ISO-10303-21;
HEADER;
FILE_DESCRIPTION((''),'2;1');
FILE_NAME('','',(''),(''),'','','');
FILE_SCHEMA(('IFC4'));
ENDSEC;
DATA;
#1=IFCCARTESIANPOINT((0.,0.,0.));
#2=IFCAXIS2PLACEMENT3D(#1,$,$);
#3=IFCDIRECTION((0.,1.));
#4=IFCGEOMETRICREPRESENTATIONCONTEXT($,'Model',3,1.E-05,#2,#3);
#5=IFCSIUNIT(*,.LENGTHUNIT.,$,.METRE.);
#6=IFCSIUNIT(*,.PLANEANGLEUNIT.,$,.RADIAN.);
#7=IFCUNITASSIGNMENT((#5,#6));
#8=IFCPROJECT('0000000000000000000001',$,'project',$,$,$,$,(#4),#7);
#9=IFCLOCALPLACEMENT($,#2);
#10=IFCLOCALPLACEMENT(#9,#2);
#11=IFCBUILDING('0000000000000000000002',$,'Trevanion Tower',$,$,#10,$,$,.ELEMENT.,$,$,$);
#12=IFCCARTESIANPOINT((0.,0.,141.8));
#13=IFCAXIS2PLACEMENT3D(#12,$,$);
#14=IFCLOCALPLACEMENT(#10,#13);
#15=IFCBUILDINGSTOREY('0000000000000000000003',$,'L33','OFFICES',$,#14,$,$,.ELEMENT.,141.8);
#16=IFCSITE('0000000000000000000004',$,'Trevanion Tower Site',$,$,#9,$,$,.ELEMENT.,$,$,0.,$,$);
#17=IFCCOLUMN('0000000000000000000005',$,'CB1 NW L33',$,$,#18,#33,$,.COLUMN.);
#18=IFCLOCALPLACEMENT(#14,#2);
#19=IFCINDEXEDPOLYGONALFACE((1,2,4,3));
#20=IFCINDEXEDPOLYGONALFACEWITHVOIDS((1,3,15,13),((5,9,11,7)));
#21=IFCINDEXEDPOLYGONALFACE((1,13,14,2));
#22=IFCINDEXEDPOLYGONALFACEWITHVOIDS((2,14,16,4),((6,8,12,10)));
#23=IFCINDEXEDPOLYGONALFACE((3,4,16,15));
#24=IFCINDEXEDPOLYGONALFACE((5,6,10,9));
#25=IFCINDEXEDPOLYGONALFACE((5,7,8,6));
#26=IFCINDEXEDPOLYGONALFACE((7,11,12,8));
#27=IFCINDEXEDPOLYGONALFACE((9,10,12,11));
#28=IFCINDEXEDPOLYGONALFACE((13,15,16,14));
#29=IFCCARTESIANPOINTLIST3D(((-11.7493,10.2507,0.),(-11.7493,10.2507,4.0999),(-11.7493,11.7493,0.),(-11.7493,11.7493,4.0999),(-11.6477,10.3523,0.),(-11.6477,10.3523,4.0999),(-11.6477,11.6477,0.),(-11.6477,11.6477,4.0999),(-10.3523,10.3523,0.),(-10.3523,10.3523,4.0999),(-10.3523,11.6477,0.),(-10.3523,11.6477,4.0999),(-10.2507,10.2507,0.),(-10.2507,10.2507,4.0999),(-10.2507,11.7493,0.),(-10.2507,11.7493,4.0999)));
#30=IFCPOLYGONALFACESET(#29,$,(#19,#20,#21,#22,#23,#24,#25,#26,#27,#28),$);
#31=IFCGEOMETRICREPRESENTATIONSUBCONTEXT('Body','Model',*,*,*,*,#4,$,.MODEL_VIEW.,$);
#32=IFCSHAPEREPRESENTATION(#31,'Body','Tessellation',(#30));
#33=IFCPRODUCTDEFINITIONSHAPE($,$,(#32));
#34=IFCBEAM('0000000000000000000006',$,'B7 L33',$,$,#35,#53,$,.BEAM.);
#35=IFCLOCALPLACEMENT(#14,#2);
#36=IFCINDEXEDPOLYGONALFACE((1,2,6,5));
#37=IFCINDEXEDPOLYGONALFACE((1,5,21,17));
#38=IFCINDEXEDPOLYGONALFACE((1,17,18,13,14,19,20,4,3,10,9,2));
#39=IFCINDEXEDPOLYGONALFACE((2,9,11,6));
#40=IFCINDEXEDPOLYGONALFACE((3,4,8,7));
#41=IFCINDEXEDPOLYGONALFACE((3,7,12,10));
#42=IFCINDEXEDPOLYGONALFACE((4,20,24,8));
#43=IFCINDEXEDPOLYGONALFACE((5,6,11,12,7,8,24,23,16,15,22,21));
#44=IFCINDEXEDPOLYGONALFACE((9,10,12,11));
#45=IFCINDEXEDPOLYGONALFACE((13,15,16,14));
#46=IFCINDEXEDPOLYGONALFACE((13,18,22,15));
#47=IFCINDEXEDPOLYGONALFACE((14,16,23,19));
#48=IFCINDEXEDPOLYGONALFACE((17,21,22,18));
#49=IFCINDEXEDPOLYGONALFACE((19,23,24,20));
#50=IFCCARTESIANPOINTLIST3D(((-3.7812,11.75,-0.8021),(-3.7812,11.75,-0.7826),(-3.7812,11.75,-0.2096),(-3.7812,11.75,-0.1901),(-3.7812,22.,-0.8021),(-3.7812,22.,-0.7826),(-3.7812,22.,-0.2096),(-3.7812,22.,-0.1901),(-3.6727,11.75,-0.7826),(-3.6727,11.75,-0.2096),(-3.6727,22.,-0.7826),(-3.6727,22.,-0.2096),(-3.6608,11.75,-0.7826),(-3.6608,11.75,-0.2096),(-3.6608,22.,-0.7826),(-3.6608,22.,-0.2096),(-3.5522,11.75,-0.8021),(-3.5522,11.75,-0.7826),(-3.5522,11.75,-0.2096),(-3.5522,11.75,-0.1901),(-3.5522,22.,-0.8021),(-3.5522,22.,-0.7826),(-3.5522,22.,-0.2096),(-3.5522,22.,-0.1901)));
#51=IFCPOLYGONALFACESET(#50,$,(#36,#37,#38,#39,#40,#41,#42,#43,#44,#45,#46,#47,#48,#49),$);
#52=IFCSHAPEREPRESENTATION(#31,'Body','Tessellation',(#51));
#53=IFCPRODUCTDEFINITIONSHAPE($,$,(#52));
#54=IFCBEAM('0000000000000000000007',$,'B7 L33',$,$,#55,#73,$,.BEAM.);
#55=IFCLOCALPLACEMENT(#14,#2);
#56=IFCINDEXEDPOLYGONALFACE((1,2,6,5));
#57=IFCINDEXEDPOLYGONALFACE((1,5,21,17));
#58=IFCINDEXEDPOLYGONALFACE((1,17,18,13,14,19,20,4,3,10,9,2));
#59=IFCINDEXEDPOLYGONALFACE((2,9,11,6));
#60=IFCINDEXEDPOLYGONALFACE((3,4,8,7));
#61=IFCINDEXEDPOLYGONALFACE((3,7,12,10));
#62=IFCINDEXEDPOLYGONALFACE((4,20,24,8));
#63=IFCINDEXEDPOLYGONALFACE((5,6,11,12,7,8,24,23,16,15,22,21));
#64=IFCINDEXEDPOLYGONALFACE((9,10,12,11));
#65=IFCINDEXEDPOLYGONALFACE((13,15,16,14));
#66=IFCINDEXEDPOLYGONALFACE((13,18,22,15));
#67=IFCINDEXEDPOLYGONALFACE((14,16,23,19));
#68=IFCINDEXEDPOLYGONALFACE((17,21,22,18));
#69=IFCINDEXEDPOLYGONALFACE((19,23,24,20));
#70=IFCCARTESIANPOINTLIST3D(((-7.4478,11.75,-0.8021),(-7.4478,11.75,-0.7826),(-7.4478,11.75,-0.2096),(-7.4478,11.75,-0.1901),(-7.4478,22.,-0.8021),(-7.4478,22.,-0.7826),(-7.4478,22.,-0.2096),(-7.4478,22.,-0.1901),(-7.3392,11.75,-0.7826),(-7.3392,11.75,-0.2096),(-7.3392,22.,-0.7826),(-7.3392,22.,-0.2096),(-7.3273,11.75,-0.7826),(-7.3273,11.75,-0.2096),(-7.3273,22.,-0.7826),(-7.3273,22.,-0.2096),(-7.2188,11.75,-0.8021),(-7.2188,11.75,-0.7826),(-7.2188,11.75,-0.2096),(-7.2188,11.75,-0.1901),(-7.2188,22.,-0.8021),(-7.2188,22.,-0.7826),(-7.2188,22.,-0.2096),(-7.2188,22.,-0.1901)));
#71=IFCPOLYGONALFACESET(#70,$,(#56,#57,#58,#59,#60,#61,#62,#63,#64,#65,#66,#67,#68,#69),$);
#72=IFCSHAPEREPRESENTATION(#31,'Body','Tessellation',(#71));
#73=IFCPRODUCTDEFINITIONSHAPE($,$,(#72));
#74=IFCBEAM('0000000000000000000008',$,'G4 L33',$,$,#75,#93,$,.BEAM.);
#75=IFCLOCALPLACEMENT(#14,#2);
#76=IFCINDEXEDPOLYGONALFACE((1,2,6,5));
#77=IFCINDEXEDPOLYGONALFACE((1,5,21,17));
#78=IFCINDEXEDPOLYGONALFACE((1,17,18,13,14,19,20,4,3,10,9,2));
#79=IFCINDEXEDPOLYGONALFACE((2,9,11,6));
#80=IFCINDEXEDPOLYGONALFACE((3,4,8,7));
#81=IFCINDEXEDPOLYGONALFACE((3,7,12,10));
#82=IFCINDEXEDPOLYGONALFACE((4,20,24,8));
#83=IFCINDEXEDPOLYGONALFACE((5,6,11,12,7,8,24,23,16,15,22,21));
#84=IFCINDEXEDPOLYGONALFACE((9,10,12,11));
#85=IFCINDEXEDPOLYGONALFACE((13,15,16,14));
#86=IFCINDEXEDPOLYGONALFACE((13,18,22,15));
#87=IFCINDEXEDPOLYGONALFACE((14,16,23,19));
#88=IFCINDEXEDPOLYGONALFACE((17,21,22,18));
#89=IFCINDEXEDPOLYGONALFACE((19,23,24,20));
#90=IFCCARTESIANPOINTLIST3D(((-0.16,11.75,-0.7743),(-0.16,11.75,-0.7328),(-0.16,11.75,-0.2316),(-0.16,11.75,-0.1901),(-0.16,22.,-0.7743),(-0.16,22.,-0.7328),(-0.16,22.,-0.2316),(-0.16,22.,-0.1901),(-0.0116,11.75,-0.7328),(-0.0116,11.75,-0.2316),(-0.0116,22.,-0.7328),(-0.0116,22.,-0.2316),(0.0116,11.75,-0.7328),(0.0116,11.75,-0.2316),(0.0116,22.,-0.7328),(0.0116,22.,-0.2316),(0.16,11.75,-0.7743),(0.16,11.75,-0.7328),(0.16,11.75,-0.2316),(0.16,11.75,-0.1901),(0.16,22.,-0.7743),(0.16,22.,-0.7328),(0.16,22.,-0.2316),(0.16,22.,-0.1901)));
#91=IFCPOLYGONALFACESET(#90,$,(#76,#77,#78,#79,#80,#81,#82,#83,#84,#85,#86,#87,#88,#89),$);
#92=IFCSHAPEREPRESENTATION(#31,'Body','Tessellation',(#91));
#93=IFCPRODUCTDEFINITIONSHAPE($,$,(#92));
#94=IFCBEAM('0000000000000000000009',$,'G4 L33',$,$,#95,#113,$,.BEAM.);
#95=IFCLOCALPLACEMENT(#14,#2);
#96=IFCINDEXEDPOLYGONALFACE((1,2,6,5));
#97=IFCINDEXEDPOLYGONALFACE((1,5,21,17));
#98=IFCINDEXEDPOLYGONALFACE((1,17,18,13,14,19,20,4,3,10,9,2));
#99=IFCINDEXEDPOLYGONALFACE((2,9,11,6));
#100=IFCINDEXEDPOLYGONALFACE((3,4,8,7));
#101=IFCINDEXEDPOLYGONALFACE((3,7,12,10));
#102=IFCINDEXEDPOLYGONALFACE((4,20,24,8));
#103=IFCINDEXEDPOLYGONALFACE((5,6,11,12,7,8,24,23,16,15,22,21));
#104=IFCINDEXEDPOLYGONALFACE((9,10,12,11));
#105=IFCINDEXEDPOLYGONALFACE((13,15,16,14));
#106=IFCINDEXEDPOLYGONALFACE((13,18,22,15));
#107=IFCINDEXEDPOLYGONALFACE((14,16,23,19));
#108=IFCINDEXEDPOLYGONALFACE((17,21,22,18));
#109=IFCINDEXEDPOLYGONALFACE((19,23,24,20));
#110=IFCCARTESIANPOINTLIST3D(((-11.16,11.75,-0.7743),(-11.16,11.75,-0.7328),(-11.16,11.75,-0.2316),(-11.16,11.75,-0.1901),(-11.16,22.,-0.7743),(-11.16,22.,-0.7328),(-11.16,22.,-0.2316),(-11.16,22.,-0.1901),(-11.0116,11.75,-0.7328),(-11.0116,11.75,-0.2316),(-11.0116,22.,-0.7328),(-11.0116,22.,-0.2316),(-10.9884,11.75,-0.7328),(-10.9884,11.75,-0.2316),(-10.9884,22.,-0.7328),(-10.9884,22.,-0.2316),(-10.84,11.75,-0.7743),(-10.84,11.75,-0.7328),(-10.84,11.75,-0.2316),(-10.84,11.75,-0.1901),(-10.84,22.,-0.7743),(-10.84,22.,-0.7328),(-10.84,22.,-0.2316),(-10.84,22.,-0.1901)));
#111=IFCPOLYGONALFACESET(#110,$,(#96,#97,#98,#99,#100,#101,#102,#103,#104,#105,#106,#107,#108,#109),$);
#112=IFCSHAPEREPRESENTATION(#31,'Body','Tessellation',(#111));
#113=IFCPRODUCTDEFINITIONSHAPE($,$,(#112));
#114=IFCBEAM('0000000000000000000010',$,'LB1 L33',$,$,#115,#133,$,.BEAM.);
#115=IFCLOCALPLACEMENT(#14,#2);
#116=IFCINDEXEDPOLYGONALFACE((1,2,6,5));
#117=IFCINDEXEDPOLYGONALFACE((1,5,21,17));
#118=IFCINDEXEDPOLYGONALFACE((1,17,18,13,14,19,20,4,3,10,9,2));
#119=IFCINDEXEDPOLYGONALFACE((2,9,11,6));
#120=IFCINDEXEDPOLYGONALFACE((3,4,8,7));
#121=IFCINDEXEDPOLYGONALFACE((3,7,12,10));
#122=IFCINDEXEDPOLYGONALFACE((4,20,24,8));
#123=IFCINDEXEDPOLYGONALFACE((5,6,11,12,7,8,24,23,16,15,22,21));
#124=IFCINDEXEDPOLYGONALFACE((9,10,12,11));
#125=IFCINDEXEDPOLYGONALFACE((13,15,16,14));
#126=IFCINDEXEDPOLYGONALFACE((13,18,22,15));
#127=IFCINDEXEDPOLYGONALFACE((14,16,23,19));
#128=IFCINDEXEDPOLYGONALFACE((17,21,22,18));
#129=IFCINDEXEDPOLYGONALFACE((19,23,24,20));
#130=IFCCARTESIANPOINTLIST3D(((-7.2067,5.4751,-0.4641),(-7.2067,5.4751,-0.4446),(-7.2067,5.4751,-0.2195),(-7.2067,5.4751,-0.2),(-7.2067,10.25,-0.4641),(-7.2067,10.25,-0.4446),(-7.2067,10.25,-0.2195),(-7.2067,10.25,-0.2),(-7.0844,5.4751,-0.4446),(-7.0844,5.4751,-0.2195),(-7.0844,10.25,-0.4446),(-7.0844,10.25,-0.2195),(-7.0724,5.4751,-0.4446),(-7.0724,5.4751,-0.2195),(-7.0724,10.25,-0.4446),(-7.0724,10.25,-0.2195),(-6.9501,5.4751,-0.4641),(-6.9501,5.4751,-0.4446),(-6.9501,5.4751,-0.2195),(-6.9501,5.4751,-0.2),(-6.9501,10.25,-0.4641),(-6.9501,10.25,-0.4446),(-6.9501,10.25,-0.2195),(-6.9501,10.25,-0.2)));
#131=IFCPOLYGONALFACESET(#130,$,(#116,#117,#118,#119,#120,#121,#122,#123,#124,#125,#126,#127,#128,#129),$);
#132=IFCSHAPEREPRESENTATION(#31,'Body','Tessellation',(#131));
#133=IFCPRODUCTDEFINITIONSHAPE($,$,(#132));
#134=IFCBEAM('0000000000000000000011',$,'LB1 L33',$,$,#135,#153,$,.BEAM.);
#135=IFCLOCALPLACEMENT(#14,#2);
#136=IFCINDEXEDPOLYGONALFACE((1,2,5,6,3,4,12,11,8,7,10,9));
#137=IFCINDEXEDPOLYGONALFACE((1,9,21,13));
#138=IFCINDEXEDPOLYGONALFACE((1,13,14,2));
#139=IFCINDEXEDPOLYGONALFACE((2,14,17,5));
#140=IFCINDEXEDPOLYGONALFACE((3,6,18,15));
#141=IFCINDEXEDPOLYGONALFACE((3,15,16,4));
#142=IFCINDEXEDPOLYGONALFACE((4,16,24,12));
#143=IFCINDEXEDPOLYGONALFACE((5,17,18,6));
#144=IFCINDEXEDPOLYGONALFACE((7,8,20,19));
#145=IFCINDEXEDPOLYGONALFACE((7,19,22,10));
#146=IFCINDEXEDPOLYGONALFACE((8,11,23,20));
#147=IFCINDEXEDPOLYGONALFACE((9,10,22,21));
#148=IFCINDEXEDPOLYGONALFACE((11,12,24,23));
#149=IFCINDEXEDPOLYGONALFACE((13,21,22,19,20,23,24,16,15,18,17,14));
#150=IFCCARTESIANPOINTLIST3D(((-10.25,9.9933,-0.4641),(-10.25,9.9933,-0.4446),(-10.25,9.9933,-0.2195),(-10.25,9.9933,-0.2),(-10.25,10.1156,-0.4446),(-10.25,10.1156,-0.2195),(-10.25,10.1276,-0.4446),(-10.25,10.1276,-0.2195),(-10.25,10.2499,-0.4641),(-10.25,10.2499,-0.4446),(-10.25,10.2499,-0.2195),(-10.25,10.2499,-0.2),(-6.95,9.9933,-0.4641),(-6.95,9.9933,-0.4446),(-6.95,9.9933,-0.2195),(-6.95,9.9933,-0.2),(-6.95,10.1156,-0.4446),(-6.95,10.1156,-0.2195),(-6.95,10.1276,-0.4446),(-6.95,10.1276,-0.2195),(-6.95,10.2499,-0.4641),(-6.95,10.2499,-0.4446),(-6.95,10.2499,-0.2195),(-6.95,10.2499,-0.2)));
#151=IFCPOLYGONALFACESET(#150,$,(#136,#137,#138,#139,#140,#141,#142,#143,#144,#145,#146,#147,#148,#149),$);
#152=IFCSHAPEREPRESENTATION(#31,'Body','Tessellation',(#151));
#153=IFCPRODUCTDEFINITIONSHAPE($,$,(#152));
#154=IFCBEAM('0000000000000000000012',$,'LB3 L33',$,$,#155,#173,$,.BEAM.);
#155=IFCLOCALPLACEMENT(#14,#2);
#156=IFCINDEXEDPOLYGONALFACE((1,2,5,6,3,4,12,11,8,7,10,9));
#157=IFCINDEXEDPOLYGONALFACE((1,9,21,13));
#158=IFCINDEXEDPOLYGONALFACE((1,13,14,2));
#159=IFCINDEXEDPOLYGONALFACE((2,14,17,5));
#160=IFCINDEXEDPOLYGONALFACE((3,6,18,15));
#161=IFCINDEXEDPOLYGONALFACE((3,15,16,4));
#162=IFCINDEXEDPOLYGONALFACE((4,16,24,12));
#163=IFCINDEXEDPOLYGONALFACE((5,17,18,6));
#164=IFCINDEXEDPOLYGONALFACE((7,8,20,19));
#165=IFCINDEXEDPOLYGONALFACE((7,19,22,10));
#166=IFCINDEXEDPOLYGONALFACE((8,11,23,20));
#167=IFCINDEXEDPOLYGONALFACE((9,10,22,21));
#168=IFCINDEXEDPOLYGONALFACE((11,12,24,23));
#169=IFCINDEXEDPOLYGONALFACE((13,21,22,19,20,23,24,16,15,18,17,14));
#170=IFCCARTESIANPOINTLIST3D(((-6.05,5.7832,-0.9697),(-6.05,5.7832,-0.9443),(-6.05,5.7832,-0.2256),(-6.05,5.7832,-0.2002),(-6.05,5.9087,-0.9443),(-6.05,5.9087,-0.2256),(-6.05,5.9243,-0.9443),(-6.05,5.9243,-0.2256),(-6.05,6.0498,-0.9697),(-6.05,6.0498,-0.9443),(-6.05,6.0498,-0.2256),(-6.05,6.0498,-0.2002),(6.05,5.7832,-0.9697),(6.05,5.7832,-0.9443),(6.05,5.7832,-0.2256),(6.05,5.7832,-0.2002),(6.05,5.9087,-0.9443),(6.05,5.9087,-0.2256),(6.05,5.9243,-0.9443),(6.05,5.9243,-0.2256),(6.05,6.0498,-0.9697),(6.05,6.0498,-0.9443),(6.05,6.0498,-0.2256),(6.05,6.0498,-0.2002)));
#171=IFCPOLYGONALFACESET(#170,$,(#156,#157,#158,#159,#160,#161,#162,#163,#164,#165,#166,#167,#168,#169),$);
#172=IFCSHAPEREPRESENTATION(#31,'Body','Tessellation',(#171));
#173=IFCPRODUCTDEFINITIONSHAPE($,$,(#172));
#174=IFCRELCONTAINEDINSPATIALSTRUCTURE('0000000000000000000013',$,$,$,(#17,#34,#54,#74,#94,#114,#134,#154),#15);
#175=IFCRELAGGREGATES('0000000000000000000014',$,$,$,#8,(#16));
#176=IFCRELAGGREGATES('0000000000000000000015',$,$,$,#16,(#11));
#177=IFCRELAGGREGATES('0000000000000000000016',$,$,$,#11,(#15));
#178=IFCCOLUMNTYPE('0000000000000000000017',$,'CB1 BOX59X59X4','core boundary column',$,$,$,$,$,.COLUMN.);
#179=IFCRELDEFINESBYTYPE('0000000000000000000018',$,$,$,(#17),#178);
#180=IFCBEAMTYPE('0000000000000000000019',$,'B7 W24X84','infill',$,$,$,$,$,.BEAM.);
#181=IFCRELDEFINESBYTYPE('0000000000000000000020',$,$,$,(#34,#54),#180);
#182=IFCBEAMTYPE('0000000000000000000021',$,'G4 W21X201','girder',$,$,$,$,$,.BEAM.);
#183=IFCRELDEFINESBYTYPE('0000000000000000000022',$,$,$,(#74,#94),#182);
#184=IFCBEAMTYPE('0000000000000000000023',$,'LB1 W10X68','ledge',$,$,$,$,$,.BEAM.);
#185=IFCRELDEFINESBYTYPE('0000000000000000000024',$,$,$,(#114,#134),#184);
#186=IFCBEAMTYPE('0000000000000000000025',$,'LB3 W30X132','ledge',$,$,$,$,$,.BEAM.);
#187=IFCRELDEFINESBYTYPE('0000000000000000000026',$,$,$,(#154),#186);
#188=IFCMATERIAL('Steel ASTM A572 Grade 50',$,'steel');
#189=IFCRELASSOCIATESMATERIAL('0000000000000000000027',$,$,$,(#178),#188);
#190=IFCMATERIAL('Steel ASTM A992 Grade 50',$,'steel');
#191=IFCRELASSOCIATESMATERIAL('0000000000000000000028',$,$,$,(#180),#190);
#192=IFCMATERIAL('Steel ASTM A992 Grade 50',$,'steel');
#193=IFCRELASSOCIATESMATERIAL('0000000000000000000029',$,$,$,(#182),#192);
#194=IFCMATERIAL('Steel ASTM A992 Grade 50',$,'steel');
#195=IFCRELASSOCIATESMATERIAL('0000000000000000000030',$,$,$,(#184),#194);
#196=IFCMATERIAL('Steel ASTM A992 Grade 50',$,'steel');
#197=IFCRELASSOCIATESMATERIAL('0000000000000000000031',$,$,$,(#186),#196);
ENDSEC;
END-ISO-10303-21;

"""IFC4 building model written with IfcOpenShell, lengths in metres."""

from ifc_helpers import new_model, si_unit, direction, frame, origin, origin_2d, place, context, subcontext, project, spatial, hollow_rectangle, i_section, extrude, material, material_profile, profile_set, type_object, element, save


model = new_model("IFC4")

# Units and contexts
model_context = context("Model", 3, precision=1e-05, world=origin(), true_north=direction((0.0, 1.0)))
body_context = subcontext(model_context, "Body", "Model", "MODEL_VIEW")
ifc_project = project(units=[si_unit("LENGTHUNIT", "METRE"), si_unit("PLANEANGLEUNIT", "RADIAN")], contexts=[model_context])

# Site, building, storey
site_placement = place(None, origin())
site = spatial("IfcSite", under=ifc_project, at=site_placement, Name="Trevanion Tower Site", CompositionType="ELEMENT", RefElevation=0.0)
building_placement = place(site_placement, origin())
building = spatial("IfcBuilding", under=site, at=building_placement, Name="Trevanion Tower", CompositionType="ELEMENT")
storey_placement = place(building_placement, frame((0.0, 0.0, 141.8)))
storey = spatial("IfcBuildingStorey", under=building, at=storey_placement, Name="L33", Description="OFFICES", CompositionType="ELEMENT", Elevation=141.8)

# Column
ifc_material_1 = material(Name="Steel ASTM A572 Grade 50", Category="steel")
ifc_material_profile_1 = material_profile(ifc_material_1, hollow_rectangle(XDim=1.4985, YDim=1.4985, WallThickness=0.1016, at=origin_2d()), Name="BOX59X59X4")
ifc_profile_set_1 = profile_set([ifc_material_profile_1], Name="Steel ASTM A572 Grade 50")
column_type = type_object("IfcColumnType", Name="CB1 BOX59X59X4", Description="core boundary column", PredefinedType="COLUMN", material=ifc_profile_set_1)
column_placement = place(storey_placement, frame((-11.0, 11.0, 0.0), z_axis=(0.0, 0.0, 1.0), x_axis=(1.0, 0.0, 0.0)))
element("IfcColumn", 1, at=column_placement, inside=storey, type_object=column_type, Name="CB1 NW L33", PredefinedType="COLUMN", context=body_context, shape_type="SweptSolid", body=[
    extrude(hollow_rectangle(XDim=1.4985, YDim=1.4985, WallThickness=0.1016, at=origin_2d()), origin(), (0.0, 0.0, 1.0), 4.0999),
])

# Beams
ifc_material_2 = material(Name="Steel ASTM A992 Grade 50", Category="steel")
ifc_material_profile_2 = material_profile(ifc_material_2, i_section(OverallWidth=0.229, OverallDepth=0.6121, WebThickness=0.012, FlangeThickness=0.0195, at=origin_2d()), Name="W24X84")
ifc_profile_set_2 = profile_set([ifc_material_profile_2], Name="Steel ASTM A992 Grade 50")
beam_type_1 = type_object("IfcBeamType", Name="B7 W24X84", Description="infill", PredefinedType="BEAM", material=ifc_profile_set_2)
for number, where, z_axis, x_axis, name in (
    (2, (-3.6667, 11.75, -0.4961), (0.0, 1.0, 0.0), (-1.0, 0.0, 0.0), "B7 L33"),
    (3, (-7.3333, 11.75, -0.4961), (0.0, 1.0, 0.0), (-1.0, 0.0, 0.0), "B7 L33"),
):
    element("IfcBeam", number, at=place(storey_placement, frame(where, z_axis=z_axis, x_axis=x_axis)), inside=storey, type_object=beam_type_1, Name=name, PredefinedType="BEAM", context=body_context, shape_type="SweptSolid", body=[
        extrude(i_section(OverallWidth=0.229, OverallDepth=0.6121, WebThickness=0.012, FlangeThickness=0.0195, at=origin_2d()), origin(), (0.0, 0.0, 1.0), 10.25),
    ])
ifc_material_3 = material(Name="Steel ASTM A992 Grade 50", Category="steel")
ifc_material_profile_3 = material_profile(ifc_material_3, i_section(OverallWidth=0.3201, OverallDepth=0.5842, WebThickness=0.0232, FlangeThickness=0.0415, at=origin_2d()), Name="W21X201")
ifc_profile_set_3 = profile_set([ifc_material_profile_3], Name="Steel ASTM A992 Grade 50")
beam_type_2 = type_object("IfcBeamType", Name="G4 W21X201", Description="girder", PredefinedType="BEAM", material=ifc_profile_set_3)
for number, where, z_axis, x_axis, name in (
    (4, (0.0, 11.75, -0.4822), (0.0, 1.0, 0.0), (-1.0, 0.0, 0.0), "G4 L33"),
    (5, (-11.0, 11.75, -0.4822), (0.0, 1.0, 0.0), (-1.0, 0.0, 0.0), "G4 L33"),
):
    element("IfcBeam", number, at=place(storey_placement, frame(where, z_axis=z_axis, x_axis=x_axis)), inside=storey, type_object=beam_type_2, Name=name, PredefinedType="BEAM", context=body_context, shape_type="SweptSolid", body=[
        extrude(i_section(OverallWidth=0.3201, OverallDepth=0.5842, WebThickness=0.0232, FlangeThickness=0.0415, at=origin_2d()), origin(), (0.0, 0.0, 1.0), 10.25),
    ])
ifc_material_4 = material(Name="Steel ASTM A992 Grade 50", Category="steel")
ifc_material_profile_4 = material_profile(ifc_material_4, i_section(OverallWidth=0.2566, OverallDepth=0.2642, WebThickness=0.012, FlangeThickness=0.0195, at=origin_2d()), Name="W10X68")
ifc_profile_set_4 = profile_set([ifc_material_profile_4], Name="Steel ASTM A992 Grade 50")
beam_type_3 = type_object("IfcBeamType", Name="LB1 W10X68", Description="ledge", PredefinedType="BEAM", material=ifc_profile_set_4)
beam_1_placement = place(storey_placement, frame((-7.0784, 5.4751, -0.332), z_axis=(0.0, 1.0, 0.0), x_axis=(-1.0, 0.0, 0.0)))
element("IfcBeam", 6, at=beam_1_placement, inside=storey, type_object=beam_type_3, Name="LB1 L33", PredefinedType="BEAM", context=body_context, shape_type="SweptSolid", body=[
    extrude(i_section(OverallWidth=0.2566, OverallDepth=0.2642, WebThickness=0.012, FlangeThickness=0.0195, at=origin_2d()), origin(), (0.0, 0.0, 1.0), 4.7749),
])
beam_2_placement = place(storey_placement, frame((-10.25, 10.1216, -0.332), z_axis=(1.0, 0.0, 0.0), x_axis=(0.0, 1.0, 0.0)))
element("IfcBeam", 7, at=beam_2_placement, inside=storey, type_object=beam_type_3, Name="LB1 L33", PredefinedType="BEAM", context=body_context, shape_type="SweptSolid", body=[
    extrude(i_section(OverallWidth=0.2566, OverallDepth=0.2642, WebThickness=0.012, FlangeThickness=0.0195, at=origin_2d()), origin(), (0.0, 0.0, 1.0), 3.3),
])
ifc_material_5 = material(Name="Steel ASTM A992 Grade 50", Category="steel")
ifc_material_profile_5 = material_profile(ifc_material_5, i_section(OverallWidth=0.2666, OverallDepth=0.7695, WebThickness=0.0156, FlangeThickness=0.0254, at=origin_2d()), Name="W30X132")
ifc_profile_set_5 = profile_set([ifc_material_profile_5], Name="Steel ASTM A992 Grade 50")
beam_type_4 = type_object("IfcBeamType", Name="LB3 W30X132", Description="ledge", PredefinedType="BEAM", material=ifc_profile_set_5)
beam_3_placement = place(storey_placement, frame((-6.05, 5.9165, -0.585), z_axis=(1.0, 0.0, 0.0), x_axis=(0.0, 1.0, 0.0)))
element("IfcBeam", 8, at=beam_3_placement, inside=storey, type_object=beam_type_4, Name="LB3 L33", PredefinedType="BEAM", context=body_context, shape_type="SweptSolid", body=[
    extrude(i_section(OverallWidth=0.2666, OverallDepth=0.7695, WebThickness=0.0156, FlangeThickness=0.0254, at=origin_2d()), origin(), (0.0, 0.0, 1.0), 12.1001),
])

save(model, "model.ifc")
